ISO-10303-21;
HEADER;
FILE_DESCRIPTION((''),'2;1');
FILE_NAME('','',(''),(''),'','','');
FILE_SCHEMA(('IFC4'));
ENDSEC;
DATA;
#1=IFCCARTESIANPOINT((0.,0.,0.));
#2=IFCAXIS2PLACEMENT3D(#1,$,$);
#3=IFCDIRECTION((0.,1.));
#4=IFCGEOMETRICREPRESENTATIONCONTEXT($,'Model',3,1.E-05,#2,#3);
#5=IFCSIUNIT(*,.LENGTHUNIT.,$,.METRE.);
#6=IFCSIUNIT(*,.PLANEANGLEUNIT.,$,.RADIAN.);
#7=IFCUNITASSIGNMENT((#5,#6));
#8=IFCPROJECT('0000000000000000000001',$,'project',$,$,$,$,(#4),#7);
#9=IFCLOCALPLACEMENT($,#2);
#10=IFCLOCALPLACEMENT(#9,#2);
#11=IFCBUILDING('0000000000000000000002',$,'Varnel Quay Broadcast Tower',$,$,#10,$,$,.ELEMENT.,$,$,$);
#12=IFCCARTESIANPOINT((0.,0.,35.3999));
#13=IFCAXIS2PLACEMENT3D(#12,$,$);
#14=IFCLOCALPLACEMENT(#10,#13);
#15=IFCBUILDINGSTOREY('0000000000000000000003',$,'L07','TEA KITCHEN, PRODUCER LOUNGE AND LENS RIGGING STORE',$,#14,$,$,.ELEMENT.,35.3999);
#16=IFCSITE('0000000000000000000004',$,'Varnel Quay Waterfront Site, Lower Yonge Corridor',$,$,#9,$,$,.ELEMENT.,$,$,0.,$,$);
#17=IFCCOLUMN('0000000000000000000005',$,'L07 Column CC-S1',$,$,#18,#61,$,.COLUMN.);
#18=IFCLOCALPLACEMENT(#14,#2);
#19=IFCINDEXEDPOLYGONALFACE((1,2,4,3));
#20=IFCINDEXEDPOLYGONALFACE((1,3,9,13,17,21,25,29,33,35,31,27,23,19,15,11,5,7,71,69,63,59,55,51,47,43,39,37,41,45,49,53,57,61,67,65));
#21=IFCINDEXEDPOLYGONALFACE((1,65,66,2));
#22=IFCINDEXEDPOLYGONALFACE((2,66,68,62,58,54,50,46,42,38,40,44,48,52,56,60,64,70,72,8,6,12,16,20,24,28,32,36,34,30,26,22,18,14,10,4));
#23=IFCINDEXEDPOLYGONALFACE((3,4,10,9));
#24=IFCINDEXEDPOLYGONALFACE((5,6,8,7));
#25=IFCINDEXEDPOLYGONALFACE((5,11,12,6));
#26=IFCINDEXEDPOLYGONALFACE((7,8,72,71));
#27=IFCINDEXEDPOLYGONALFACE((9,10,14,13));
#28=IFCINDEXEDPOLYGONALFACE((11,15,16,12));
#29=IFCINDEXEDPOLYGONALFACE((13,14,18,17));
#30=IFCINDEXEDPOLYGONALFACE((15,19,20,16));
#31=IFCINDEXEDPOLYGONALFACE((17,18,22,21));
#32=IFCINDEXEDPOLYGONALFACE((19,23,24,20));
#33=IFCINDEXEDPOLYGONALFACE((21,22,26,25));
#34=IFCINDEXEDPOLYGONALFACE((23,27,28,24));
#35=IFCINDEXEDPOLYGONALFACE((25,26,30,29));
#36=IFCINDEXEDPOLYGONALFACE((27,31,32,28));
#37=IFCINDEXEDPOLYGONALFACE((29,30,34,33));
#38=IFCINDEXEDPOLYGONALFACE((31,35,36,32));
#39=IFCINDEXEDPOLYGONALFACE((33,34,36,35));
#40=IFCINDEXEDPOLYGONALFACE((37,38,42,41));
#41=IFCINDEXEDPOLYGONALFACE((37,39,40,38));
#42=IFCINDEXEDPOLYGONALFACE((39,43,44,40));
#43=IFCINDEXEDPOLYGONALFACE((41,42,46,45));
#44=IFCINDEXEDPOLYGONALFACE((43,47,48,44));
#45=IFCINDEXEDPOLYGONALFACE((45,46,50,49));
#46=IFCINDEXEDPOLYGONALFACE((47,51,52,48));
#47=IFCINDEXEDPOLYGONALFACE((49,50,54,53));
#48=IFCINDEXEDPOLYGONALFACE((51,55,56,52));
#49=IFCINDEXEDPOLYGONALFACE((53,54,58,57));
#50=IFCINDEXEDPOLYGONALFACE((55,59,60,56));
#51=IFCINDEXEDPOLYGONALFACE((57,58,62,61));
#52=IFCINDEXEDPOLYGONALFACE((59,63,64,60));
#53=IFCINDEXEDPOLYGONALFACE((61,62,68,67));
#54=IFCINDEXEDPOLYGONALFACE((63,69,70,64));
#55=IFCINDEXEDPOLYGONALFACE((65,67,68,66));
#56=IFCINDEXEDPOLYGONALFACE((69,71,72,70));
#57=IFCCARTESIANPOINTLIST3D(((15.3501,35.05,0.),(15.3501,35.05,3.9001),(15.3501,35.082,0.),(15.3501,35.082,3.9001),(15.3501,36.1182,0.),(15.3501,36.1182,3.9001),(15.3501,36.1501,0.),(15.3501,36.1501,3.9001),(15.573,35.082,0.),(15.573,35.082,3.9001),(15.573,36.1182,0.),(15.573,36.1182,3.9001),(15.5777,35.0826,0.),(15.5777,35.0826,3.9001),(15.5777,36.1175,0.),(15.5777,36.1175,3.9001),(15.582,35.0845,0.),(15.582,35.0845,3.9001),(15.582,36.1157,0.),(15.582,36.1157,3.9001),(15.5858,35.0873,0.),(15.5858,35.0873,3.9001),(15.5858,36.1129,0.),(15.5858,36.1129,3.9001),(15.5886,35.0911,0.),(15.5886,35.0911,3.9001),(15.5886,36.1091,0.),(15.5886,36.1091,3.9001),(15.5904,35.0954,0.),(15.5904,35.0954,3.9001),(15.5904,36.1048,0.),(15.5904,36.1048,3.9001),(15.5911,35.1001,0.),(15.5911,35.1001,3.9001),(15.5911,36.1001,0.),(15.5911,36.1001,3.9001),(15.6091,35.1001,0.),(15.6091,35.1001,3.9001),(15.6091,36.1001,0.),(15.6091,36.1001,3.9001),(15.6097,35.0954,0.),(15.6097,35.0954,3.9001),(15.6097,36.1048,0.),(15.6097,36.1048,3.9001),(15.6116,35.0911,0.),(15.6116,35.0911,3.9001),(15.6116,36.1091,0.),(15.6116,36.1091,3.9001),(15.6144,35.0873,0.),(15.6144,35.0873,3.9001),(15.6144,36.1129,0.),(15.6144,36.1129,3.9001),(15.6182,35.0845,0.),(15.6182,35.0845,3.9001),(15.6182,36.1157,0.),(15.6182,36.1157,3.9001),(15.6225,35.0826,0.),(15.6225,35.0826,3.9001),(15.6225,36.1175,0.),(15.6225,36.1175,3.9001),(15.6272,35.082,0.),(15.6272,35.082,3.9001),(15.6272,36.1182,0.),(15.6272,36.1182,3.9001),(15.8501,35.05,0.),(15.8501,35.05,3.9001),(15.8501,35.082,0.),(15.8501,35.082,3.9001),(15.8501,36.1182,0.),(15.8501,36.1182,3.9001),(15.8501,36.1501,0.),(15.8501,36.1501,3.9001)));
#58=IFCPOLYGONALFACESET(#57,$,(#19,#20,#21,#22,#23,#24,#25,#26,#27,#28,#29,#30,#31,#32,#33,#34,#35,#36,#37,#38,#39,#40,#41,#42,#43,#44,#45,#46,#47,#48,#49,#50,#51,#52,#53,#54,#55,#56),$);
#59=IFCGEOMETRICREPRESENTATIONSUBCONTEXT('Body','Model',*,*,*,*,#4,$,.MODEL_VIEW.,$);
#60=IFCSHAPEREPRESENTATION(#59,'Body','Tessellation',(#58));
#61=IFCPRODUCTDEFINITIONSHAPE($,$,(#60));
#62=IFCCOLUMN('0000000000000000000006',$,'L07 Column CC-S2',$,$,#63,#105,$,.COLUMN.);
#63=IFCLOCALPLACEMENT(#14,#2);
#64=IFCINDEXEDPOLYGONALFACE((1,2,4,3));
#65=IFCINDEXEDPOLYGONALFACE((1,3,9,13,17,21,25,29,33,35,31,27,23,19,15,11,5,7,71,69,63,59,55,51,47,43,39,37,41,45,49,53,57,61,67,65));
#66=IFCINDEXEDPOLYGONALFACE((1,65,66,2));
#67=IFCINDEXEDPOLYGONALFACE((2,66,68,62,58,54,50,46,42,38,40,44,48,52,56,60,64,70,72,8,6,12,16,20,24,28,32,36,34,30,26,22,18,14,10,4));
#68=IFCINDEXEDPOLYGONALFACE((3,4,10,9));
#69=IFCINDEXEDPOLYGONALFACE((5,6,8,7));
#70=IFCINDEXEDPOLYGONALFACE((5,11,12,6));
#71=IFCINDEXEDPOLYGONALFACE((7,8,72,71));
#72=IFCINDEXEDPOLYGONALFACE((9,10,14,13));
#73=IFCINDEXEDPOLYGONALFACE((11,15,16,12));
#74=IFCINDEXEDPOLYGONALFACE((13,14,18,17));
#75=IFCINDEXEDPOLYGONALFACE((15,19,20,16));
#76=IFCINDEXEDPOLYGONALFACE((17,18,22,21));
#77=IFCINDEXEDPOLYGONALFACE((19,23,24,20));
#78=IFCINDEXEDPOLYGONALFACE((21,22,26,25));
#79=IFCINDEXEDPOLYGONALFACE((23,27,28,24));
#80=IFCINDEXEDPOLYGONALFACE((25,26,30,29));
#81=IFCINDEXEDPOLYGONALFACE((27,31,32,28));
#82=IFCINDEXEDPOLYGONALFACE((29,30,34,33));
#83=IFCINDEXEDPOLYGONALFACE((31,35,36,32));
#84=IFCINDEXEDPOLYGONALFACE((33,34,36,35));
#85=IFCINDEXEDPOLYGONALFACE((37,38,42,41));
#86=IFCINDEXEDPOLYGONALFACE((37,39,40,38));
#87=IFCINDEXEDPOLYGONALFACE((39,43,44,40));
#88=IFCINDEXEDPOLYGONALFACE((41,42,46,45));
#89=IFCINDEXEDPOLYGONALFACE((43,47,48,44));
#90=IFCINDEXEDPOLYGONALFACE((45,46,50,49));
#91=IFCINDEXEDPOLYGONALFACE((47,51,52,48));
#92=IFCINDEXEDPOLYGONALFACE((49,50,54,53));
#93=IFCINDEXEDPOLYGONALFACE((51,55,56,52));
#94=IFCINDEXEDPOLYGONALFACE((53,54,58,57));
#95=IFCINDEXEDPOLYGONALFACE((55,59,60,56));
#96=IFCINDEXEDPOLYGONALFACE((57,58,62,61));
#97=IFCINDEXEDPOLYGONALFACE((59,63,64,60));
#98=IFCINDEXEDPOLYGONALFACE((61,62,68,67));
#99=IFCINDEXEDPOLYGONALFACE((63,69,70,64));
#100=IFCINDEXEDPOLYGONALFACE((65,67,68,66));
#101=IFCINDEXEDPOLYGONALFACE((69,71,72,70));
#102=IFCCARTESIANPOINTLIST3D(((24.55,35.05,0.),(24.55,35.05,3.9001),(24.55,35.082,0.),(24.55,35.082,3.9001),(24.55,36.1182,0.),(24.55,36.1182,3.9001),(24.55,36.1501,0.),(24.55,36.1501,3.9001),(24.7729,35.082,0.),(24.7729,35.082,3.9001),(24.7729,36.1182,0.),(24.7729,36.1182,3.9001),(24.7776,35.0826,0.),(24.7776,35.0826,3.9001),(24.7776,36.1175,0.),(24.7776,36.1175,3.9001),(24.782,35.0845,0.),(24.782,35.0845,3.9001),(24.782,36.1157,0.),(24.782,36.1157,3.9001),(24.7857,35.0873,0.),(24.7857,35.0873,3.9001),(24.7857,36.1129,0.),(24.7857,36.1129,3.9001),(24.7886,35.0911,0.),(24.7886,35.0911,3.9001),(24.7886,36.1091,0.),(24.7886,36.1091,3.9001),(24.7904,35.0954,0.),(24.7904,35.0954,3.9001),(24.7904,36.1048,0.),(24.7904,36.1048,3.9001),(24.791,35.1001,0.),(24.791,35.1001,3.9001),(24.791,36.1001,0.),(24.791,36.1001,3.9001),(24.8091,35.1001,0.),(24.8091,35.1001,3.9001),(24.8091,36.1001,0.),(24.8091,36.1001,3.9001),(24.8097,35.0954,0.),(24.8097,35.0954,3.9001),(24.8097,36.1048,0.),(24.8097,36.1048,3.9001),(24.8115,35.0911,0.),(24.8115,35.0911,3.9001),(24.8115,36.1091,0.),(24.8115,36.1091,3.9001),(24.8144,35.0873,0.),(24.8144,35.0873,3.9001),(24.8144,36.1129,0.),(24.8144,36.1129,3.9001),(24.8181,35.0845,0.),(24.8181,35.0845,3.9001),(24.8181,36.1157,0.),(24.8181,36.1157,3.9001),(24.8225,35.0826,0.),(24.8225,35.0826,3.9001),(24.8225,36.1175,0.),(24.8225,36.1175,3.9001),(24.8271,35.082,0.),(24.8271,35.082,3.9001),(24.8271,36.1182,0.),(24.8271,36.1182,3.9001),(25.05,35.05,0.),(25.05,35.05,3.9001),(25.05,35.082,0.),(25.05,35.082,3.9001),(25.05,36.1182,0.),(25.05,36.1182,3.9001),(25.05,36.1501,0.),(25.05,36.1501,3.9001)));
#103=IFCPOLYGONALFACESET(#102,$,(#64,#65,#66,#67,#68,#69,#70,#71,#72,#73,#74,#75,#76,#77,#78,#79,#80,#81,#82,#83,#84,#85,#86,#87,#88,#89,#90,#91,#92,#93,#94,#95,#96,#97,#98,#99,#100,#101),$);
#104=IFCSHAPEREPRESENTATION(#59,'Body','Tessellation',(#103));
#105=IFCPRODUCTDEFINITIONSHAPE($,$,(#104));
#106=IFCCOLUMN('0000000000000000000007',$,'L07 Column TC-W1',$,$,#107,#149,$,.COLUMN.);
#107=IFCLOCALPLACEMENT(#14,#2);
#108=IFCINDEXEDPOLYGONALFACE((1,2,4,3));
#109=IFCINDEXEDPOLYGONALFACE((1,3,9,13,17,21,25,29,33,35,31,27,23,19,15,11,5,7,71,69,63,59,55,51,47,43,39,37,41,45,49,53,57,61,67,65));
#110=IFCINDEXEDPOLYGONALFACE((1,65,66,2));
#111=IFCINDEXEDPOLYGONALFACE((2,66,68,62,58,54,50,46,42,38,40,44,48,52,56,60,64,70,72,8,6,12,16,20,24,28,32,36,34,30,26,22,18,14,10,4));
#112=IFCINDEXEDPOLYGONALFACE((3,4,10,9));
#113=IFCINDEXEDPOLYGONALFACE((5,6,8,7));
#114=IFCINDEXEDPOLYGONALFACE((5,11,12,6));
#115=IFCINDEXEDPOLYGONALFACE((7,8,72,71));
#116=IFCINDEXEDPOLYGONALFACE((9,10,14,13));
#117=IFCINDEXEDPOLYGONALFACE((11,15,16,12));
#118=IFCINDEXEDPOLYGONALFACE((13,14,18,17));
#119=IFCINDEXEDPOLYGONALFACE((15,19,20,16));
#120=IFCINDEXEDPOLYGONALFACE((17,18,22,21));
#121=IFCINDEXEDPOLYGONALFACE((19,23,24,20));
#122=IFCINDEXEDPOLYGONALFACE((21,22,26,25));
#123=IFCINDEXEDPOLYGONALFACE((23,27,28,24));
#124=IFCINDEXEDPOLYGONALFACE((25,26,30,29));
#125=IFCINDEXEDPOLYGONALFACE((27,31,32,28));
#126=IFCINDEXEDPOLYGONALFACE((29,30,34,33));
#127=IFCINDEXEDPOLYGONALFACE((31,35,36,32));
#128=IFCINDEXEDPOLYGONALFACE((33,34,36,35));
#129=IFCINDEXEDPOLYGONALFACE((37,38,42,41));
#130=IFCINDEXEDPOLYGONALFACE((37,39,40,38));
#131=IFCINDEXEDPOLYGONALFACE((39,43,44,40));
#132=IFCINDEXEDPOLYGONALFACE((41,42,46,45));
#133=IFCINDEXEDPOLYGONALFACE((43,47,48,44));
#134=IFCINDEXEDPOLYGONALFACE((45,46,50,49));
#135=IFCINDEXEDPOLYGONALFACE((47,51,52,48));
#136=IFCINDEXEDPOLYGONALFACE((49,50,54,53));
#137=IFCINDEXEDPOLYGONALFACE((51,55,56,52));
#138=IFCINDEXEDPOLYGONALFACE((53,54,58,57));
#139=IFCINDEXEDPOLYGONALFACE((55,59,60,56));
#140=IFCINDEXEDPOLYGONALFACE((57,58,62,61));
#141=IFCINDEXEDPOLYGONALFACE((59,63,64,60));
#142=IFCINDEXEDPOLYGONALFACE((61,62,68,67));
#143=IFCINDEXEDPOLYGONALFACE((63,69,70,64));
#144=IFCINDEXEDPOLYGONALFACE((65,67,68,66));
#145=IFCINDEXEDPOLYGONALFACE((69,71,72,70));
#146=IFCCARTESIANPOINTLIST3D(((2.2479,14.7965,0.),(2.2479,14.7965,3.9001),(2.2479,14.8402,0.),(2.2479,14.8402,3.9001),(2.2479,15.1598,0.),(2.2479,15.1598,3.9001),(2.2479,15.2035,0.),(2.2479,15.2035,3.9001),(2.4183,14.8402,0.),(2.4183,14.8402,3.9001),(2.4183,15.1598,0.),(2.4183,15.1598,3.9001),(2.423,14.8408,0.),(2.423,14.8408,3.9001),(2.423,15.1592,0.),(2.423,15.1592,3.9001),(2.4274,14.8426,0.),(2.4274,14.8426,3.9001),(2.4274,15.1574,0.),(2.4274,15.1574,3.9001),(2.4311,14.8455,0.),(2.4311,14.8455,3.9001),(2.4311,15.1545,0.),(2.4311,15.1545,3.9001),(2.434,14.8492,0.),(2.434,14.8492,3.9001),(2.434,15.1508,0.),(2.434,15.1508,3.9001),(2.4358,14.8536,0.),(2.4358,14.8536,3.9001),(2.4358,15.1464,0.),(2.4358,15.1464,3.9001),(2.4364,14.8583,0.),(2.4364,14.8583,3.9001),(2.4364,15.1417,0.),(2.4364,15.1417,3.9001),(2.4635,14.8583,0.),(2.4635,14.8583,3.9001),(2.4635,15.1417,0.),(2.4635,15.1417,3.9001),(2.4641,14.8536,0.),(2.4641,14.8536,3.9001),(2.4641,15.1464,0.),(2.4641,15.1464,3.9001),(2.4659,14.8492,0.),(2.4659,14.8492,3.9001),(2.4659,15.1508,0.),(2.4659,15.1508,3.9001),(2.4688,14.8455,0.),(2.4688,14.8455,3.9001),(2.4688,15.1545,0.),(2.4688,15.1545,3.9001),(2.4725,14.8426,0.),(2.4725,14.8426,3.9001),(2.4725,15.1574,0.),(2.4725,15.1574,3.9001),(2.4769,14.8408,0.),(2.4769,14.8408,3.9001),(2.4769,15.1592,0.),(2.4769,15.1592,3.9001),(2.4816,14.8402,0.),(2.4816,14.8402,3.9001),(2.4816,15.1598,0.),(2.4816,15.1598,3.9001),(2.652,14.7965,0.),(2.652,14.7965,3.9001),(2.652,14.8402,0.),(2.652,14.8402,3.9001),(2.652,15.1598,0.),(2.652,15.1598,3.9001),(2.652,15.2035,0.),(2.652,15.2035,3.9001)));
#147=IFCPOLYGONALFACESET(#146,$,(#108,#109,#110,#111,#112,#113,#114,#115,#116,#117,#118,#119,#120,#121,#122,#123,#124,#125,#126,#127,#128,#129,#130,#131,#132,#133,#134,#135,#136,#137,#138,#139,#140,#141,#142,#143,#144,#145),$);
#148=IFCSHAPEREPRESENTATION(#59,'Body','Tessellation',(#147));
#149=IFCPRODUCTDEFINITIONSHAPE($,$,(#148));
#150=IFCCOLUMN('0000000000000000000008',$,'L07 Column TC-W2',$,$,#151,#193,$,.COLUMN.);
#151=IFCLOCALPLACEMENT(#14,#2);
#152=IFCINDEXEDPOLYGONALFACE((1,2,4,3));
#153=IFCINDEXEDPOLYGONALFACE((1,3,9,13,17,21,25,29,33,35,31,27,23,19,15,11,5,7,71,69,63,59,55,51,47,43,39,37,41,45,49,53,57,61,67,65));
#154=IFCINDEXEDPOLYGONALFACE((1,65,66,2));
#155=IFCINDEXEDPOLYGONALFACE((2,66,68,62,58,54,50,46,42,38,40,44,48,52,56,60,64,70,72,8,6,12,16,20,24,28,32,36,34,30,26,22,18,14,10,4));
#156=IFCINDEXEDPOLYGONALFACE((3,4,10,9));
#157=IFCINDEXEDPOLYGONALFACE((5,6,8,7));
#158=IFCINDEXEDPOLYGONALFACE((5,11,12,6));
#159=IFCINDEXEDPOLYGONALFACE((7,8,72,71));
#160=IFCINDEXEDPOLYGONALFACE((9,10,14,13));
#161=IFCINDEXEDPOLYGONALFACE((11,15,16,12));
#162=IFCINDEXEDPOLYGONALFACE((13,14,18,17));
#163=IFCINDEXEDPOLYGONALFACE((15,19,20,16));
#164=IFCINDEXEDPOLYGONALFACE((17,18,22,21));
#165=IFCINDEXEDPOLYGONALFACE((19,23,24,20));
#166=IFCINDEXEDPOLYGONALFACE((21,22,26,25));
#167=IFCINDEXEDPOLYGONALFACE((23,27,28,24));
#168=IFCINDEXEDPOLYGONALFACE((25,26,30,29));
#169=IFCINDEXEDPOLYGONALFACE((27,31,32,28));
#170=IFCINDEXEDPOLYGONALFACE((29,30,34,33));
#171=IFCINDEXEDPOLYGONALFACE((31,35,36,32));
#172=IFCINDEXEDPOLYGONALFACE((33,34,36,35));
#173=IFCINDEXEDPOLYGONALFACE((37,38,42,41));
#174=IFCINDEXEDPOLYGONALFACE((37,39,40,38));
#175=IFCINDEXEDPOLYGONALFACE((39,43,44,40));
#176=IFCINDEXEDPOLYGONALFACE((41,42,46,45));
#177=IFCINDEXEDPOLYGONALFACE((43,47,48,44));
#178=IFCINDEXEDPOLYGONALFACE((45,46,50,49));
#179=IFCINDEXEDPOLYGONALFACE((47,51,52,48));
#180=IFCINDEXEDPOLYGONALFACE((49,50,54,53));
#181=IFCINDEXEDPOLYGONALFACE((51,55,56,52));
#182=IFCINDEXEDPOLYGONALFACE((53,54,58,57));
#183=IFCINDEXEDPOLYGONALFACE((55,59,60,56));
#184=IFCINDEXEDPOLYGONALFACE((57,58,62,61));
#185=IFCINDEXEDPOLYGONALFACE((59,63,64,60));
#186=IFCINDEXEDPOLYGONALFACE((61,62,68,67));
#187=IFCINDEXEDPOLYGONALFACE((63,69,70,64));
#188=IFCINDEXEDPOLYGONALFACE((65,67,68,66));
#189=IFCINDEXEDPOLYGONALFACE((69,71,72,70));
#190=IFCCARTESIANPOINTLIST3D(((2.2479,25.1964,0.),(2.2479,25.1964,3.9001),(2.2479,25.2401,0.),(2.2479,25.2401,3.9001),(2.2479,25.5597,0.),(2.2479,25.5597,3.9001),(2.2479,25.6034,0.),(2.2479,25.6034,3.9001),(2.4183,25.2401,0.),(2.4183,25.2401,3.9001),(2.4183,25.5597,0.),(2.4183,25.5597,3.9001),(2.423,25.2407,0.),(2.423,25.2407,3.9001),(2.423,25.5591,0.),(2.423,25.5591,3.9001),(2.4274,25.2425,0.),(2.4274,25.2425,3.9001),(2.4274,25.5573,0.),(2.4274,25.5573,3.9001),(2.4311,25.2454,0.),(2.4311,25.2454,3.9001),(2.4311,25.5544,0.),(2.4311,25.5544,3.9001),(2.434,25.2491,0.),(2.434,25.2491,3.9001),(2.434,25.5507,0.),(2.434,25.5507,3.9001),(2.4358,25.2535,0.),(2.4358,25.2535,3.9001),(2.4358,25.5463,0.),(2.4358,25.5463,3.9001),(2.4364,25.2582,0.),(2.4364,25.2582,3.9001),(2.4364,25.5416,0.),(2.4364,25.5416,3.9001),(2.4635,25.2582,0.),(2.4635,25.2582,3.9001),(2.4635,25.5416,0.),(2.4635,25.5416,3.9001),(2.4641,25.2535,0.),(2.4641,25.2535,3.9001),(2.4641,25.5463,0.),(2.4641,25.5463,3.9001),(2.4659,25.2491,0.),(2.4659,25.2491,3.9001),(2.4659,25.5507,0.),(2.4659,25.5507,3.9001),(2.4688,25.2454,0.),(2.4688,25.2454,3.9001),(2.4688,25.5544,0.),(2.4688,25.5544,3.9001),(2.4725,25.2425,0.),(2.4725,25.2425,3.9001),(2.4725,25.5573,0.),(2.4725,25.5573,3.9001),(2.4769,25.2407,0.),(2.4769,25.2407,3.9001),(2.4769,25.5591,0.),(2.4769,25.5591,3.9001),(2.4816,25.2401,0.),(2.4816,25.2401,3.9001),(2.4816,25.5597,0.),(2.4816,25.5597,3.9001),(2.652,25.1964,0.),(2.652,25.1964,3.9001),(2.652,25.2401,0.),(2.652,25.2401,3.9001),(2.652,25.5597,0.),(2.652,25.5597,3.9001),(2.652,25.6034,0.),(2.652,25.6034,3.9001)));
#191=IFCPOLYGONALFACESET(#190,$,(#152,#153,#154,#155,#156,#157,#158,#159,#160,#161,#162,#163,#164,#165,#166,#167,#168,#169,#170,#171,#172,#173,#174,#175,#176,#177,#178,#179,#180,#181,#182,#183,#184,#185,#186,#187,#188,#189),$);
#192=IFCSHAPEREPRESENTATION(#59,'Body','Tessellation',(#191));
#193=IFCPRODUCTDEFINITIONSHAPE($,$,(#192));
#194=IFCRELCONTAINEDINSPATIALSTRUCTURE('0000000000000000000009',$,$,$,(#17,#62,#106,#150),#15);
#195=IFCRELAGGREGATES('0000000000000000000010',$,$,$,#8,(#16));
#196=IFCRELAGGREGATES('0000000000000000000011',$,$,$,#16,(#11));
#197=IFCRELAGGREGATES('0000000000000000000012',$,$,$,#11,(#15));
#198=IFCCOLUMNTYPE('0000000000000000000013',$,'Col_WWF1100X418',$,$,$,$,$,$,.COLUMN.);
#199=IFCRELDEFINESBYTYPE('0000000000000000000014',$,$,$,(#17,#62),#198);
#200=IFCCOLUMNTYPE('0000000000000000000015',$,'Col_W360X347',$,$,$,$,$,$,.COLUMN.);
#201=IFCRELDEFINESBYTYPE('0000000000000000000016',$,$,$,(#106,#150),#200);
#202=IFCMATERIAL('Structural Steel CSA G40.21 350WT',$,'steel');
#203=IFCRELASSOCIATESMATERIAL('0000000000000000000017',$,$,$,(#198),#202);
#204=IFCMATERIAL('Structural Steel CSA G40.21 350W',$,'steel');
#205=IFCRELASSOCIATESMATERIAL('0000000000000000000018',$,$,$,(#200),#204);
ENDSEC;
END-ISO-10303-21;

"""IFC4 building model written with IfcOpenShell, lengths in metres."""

from ifc_helpers import new_model, si_unit, direction, frame, origin, origin_2d, place, context, subcontext, project, spatial, i_section, extrude, source, transform, mapped, material, material_profile, profile_set, type_object, type_shapes, element, save


model = new_model("IFC4")

# Units and contexts
model_context = context("Model", 3, precision=1e-05, world=origin(), true_north=direction((0.0, 1.0)))
body_context = subcontext(model_context, "Body", "Model", "MODEL_VIEW")
ifc_project = project(units=[si_unit("LENGTHUNIT", "METRE"), si_unit("PLANEANGLEUNIT", "RADIAN")], contexts=[model_context])

# Site, building, storey
site_placement = place(None, origin())
site = spatial("IfcSite", under=ifc_project, at=site_placement, Name="Varnel Quay Waterfront Site, Lower Yonge Corridor", CompositionType="ELEMENT", RefElevation=0.0)
building_placement = place(site_placement, origin())
building = spatial("IfcBuilding", under=site, at=building_placement, Name="Varnel Quay Broadcast Tower", CompositionType="ELEMENT")
storey_placement = place(building_placement, frame((0.0, 0.0, 35.3999)))
storey = spatial("IfcBuildingStorey", under=building, at=storey_placement, Name="L07", Description="TEA KITCHEN, PRODUCER LOUNGE AND LENS RIGGING STORE", CompositionType="ELEMENT", Elevation=35.3999)

# Columns
ifc_material_1 = material(Name="Structural Steel CSA G40.21 350WT", Category="steel")
ifc_material_profile_1 = material_profile(ifc_material_1, i_section(OverallWidth=0.5, OverallDepth=1.1001, WebThickness=0.0181, FlangeThickness=0.032, FilletRadius=0.0181, at=origin_2d()), Name="WWF1100X418")
ifc_profile_set_1 = profile_set([ifc_material_profile_1], Name="Structural Steel CSA G40.21 350WT")
column_type_1 = type_object("IfcColumnType", Name="Col_WWF1100X418", PredefinedType="COLUMN", material=ifc_profile_set_1)
shared_shape_1 = source(origin(), body_context, "Body", "SweptSolid", [
    extrude(i_section(OverallWidth=0.5, OverallDepth=1.1001, WebThickness=0.0181, FlangeThickness=0.032, FilletRadius=0.0181, at=origin_2d()), origin(), (0.0, 0.0, 1.0), 3.9001),
])
type_shapes(column_type_1, [shared_shape_1])
for number, where, z_axis, x_axis, name in (
    (1, (15.6001, 35.6001, 0.0), (0.0, 0.0, 1.0), (1.0, 0.0, 0.0), "L07 Column CC-S1"),
    (2, (24.8, 35.6001, 0.0), (0.0, 0.0, 1.0), (1.0, 0.0, 0.0), "L07 Column CC-S2"),
):
    element("IfcColumn", number, at=place(storey_placement, frame(where, z_axis=z_axis, x_axis=x_axis)), inside=storey, type_object=column_type_1, Name=name, PredefinedType="COLUMN", context=body_context, shape_type="MappedRepresentation", body=[
        mapped(shared_shape_1, transform((0.0, 0.0, 0.0), x_axis=(1.0, 0.0, 0.0), y_axis=(0.0, 1.0, 0.0), z_axis=(0.0, 0.0, 1.0), scale=1.0)),
    ])
ifc_material_2 = material(Name="Structural Steel CSA G40.21 350W", Category="steel")
ifc_material_profile_2 = material_profile(ifc_material_2, i_section(OverallWidth=0.4041, OverallDepth=0.407, WebThickness=0.0271, FlangeThickness=0.0437, FilletRadius=0.0181, at=origin_2d()), Name="W360X347")
ifc_profile_set_2 = profile_set([ifc_material_profile_2], Name="Structural Steel CSA G40.21 350W")
column_type_2 = type_object("IfcColumnType", Name="Col_W360X347", PredefinedType="COLUMN", material=ifc_profile_set_2)
shared_shape_2 = source(origin(), body_context, "Body", "SweptSolid", [
    extrude(i_section(OverallWidth=0.4041, OverallDepth=0.407, WebThickness=0.0271, FlangeThickness=0.0437, FilletRadius=0.0181, at=origin_2d()), origin(), (0.0, 0.0, 1.0), 3.9001),
])
type_shapes(column_type_2, [shared_shape_2])
for number, where, z_axis, x_axis, name in (
    (3, (2.45, 15.0, 0.0), (0.0, 0.0, 1.0), (1.0, 0.0, 0.0), "L07 Column TC-W1"),
    (4, (2.45, 25.3999, 0.0), (0.0, 0.0, 1.0), (1.0, 0.0, 0.0), "L07 Column TC-W2"),
):
    element("IfcColumn", number, at=place(storey_placement, frame(where, z_axis=z_axis, x_axis=x_axis)), inside=storey, type_object=column_type_2, Name=name, PredefinedType="COLUMN", context=body_context, shape_type="MappedRepresentation", body=[
        mapped(shared_shape_2, transform((0.0, 0.0, 0.0), x_axis=(1.0, 0.0, 0.0), y_axis=(0.0, 1.0, 0.0), z_axis=(0.0, 0.0, 1.0), scale=1.0)),
    ])

save(model, "model.ifc")
